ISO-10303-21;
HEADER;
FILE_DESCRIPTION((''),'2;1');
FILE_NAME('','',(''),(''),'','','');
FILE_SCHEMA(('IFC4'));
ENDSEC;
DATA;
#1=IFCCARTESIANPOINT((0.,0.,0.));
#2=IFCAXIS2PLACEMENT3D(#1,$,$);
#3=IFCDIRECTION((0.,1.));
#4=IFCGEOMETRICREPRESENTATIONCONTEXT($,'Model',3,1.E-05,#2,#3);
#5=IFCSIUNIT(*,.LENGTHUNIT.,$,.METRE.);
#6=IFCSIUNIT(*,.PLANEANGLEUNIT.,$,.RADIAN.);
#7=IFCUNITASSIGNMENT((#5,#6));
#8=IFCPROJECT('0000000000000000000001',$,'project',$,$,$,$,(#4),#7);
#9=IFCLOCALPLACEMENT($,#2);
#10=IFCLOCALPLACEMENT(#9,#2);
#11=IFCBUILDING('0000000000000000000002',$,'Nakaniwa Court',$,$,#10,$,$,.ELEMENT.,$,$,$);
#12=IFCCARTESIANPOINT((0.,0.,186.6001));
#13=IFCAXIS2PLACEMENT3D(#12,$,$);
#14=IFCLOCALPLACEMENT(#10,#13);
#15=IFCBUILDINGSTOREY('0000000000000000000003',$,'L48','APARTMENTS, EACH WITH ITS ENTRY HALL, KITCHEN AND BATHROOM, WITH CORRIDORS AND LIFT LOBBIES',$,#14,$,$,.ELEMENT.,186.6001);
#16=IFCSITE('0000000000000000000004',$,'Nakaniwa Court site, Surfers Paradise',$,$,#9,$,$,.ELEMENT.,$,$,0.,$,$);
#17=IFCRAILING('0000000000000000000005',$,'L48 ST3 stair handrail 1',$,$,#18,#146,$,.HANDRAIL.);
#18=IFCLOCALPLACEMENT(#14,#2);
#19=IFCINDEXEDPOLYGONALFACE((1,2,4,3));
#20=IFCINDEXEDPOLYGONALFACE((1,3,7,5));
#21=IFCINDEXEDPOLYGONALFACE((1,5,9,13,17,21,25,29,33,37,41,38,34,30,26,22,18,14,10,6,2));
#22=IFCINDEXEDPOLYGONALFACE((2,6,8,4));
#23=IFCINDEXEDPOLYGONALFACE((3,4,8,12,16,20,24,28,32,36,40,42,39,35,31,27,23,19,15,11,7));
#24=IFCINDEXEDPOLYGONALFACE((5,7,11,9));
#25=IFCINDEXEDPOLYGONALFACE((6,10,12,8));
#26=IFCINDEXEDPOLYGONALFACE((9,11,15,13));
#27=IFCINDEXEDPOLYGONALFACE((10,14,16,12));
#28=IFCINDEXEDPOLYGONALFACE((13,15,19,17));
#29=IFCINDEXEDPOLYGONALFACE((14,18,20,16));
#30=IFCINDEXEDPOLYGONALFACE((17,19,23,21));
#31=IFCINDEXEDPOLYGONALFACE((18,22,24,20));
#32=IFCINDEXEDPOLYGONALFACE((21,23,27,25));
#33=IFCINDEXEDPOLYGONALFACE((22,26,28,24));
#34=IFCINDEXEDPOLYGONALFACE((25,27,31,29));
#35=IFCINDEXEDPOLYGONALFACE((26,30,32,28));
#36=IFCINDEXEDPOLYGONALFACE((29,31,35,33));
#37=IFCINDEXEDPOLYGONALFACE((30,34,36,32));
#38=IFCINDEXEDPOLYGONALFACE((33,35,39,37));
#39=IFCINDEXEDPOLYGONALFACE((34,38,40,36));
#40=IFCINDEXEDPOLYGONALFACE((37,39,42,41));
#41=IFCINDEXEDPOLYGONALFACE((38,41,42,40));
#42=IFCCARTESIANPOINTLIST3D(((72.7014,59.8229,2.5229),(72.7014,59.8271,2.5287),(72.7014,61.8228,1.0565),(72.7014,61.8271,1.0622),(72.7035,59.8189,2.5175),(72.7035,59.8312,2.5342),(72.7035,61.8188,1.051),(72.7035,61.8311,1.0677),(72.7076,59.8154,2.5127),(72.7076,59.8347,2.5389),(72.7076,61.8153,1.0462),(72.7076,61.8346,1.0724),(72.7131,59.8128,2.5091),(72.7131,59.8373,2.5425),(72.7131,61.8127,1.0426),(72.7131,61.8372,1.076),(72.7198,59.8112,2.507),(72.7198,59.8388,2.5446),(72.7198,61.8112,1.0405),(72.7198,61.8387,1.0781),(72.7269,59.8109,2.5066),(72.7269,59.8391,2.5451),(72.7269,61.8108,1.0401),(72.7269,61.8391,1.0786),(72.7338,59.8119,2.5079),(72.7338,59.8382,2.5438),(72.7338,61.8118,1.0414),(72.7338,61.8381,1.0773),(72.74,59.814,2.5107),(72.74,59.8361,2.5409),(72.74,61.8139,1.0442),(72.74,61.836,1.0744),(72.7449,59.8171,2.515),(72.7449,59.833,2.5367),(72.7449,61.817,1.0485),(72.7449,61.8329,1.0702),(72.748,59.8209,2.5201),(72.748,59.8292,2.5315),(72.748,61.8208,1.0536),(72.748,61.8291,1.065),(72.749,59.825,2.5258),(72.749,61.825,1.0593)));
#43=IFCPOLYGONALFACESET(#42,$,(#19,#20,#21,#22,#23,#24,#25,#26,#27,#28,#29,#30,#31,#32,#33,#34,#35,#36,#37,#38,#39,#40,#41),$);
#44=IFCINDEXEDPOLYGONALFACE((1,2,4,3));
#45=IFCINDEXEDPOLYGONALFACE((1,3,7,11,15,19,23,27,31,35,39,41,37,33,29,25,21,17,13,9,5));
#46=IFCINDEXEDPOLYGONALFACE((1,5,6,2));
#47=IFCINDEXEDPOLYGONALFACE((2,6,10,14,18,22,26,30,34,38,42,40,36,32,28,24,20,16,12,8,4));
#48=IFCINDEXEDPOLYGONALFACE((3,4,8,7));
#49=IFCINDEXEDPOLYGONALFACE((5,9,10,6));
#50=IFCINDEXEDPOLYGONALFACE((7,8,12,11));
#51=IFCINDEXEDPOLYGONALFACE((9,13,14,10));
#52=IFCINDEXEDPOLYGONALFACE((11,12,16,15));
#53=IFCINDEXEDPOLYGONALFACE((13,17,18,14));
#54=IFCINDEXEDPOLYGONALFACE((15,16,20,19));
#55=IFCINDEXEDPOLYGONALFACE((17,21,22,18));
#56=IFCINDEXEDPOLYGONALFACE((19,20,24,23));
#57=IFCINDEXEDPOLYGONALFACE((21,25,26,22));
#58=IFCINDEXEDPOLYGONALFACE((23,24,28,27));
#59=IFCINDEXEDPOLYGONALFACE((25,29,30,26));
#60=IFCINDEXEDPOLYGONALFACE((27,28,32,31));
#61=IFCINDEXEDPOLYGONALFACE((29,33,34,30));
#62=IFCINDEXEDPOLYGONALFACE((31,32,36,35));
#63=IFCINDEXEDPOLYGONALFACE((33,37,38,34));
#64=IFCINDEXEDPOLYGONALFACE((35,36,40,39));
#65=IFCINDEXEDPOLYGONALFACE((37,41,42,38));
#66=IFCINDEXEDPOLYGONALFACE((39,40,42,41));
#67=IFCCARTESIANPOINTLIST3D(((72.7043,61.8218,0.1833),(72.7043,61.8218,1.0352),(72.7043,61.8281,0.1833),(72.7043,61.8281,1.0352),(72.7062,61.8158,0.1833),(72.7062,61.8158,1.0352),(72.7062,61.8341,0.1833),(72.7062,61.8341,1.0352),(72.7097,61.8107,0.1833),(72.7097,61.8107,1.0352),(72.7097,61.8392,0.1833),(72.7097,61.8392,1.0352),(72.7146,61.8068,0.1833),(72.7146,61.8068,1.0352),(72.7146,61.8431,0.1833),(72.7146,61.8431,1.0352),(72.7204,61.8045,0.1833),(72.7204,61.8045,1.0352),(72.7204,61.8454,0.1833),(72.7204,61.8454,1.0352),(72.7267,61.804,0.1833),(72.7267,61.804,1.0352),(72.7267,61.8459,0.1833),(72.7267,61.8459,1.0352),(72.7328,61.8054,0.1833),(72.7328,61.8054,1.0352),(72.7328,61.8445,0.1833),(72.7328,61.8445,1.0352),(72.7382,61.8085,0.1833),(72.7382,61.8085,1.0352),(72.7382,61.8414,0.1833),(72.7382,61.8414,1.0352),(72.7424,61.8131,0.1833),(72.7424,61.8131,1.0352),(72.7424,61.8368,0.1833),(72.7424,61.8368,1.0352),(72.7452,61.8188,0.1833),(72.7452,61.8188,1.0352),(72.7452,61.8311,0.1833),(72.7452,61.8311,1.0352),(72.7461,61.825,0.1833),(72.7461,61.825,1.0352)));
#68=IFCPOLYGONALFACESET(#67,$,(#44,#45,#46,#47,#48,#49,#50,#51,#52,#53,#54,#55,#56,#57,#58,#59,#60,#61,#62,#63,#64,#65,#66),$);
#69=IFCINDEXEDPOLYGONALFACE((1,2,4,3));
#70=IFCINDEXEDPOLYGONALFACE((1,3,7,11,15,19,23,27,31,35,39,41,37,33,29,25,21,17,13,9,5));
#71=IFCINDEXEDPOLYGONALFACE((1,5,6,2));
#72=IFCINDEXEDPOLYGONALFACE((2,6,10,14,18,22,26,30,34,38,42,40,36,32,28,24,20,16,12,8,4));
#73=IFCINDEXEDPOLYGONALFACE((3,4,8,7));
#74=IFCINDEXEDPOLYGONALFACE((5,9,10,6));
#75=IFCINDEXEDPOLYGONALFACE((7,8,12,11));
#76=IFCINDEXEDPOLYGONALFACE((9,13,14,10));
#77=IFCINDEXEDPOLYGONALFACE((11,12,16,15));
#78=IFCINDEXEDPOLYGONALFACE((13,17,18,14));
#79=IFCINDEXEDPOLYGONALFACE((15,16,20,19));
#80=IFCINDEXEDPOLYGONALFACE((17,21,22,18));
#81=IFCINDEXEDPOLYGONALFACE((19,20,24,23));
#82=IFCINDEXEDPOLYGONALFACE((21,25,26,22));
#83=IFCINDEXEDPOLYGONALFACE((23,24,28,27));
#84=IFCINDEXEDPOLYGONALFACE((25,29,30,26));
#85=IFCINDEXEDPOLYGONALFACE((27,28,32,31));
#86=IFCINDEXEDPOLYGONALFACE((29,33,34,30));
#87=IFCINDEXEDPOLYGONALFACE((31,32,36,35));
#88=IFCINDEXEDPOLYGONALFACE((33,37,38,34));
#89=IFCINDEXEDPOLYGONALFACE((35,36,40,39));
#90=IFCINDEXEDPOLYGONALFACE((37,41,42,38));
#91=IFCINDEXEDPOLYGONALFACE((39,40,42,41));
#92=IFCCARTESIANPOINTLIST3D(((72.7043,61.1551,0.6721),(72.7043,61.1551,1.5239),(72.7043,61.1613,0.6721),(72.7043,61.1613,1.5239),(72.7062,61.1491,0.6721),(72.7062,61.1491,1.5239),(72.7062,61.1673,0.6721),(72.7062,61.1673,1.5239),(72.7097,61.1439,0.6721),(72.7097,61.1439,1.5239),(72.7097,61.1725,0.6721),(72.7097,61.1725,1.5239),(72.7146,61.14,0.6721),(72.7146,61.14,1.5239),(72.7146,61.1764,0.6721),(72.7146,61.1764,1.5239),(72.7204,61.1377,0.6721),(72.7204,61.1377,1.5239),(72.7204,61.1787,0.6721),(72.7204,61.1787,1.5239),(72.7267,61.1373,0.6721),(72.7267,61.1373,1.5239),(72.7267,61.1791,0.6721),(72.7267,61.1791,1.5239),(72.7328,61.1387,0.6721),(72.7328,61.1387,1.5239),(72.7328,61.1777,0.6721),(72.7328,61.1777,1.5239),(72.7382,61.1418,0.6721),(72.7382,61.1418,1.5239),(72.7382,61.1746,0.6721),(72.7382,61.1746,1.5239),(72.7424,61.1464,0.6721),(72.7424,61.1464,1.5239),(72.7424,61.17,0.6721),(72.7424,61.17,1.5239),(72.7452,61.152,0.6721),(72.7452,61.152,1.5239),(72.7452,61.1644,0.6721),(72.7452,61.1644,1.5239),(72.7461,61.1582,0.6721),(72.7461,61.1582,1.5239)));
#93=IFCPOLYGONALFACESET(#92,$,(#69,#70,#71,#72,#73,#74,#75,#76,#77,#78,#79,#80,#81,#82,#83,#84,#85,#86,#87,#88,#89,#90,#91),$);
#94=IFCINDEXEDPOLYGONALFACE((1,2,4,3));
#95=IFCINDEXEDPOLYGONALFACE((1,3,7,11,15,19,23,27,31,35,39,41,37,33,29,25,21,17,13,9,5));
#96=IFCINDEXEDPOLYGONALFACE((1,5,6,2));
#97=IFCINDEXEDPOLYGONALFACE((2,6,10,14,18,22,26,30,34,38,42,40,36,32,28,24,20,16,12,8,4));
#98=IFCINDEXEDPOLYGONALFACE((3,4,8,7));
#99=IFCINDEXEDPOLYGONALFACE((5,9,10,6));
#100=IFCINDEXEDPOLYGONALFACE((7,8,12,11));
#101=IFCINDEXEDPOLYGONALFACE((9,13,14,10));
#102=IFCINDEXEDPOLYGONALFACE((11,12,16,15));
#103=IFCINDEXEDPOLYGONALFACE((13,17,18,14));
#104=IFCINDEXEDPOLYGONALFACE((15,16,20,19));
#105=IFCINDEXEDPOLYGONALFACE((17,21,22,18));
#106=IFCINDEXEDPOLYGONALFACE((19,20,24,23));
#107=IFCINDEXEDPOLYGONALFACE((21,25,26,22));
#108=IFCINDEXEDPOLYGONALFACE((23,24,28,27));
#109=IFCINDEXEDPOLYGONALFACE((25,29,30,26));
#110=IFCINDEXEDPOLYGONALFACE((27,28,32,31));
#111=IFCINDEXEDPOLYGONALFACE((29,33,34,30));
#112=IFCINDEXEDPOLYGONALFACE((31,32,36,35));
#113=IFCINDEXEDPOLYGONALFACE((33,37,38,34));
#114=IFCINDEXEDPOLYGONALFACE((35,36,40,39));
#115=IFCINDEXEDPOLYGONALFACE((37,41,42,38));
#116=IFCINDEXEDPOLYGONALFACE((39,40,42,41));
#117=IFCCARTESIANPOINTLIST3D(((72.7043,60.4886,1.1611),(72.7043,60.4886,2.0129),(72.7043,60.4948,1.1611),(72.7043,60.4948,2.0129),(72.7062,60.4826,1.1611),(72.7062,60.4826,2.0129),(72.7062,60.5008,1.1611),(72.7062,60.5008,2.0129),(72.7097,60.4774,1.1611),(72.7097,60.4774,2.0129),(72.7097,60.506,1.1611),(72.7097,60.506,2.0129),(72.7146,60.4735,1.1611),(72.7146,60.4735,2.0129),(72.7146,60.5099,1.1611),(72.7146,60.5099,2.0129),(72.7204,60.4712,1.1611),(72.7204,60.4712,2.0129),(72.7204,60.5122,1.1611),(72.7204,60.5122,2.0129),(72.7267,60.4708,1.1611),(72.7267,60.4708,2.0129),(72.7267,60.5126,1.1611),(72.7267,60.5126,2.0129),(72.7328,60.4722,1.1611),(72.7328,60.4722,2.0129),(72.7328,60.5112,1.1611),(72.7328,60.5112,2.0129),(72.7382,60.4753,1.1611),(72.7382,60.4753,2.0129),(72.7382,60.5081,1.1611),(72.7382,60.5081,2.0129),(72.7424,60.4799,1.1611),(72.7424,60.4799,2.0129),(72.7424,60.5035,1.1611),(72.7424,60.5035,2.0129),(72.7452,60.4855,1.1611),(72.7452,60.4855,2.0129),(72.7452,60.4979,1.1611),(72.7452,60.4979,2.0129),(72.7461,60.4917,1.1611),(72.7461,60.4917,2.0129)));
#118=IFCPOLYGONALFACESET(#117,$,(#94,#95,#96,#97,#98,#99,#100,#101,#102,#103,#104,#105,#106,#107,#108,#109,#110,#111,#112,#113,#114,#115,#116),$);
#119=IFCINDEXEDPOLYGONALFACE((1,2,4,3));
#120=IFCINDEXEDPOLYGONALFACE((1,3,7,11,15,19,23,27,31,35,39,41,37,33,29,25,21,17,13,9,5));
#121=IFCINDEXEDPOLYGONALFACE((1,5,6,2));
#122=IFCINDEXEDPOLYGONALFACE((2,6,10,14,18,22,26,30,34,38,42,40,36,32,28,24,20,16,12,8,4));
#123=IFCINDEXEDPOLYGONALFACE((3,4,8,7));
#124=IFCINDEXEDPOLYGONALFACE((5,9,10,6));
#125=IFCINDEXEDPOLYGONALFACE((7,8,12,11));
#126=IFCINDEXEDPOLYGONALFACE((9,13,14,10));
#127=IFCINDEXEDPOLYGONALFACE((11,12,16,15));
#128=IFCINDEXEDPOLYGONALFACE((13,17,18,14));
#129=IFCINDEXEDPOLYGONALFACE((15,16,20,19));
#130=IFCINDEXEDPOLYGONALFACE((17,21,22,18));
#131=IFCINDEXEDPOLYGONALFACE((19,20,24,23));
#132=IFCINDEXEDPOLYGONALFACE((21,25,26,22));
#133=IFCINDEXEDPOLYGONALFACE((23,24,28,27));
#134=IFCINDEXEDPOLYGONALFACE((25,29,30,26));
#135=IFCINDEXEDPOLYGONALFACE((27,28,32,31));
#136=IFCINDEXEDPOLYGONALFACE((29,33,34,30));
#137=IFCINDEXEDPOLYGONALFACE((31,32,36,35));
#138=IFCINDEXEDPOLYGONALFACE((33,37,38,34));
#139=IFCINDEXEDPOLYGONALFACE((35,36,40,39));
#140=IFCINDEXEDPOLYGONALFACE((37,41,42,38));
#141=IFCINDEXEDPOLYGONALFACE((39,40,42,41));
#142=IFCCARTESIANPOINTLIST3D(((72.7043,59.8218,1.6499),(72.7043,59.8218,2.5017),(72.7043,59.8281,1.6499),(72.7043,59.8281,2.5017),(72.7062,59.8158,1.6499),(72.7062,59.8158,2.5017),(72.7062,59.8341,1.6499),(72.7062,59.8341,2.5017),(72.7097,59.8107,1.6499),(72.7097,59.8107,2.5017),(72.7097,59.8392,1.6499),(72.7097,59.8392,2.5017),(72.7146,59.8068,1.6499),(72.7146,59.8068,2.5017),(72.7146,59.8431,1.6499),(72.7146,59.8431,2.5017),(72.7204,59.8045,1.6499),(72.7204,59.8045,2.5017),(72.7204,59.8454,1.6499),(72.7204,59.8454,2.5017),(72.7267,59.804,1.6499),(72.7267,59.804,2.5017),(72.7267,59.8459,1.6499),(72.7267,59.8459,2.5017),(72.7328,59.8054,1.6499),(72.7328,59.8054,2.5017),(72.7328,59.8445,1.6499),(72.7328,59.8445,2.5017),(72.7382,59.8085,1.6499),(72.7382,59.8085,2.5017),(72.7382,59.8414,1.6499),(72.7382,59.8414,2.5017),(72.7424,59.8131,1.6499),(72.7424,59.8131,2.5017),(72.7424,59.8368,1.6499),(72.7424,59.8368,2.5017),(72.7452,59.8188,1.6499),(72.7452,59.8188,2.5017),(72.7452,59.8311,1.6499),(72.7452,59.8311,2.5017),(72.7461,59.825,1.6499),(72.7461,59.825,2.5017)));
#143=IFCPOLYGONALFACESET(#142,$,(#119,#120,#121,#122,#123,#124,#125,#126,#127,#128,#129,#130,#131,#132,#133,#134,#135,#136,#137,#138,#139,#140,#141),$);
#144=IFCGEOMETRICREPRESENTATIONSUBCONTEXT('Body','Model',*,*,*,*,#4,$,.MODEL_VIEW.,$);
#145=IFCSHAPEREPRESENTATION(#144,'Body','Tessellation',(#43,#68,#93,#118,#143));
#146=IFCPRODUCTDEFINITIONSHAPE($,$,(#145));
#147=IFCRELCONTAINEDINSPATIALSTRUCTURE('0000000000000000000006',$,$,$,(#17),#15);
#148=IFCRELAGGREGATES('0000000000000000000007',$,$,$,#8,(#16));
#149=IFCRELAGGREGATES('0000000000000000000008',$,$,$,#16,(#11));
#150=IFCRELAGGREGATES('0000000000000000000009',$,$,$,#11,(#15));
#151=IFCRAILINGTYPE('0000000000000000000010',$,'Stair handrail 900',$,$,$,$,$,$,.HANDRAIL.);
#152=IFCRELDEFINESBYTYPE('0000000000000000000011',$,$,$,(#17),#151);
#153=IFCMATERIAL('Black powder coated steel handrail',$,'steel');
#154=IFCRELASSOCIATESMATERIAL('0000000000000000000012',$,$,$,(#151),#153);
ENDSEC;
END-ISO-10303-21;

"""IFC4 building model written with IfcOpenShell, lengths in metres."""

from ifc_helpers import new_model, si_unit, direction, frame, origin, origin_2d, place, context, subcontext, project, spatial, circle, extrude, material, type_object, element, save


model = new_model("IFC4")

# Units and contexts
model_context = context("Model", 3, precision=1e-05, world=origin(), true_north=direction((0.0, 1.0)))
body_context = subcontext(model_context, "Body", "Model", "MODEL_VIEW")
ifc_project = project(units=[si_unit("LENGTHUNIT", "METRE"), si_unit("PLANEANGLEUNIT", "RADIAN")], contexts=[model_context])

# Site, building, storey
site_placement = place(None, origin())
site = spatial("IfcSite", under=ifc_project, at=site_placement, Name="Nakaniwa Court site, Surfers Paradise", CompositionType="ELEMENT", RefElevation=0.0)
building_placement = place(site_placement, origin())
building = spatial("IfcBuilding", under=site, at=building_placement, Name="Nakaniwa Court", CompositionType="ELEMENT")
storey_placement = place(building_placement, frame((0.0, 0.0, 186.6001)))
storey = spatial("IfcBuildingStorey", under=building, at=storey_placement, Name="L48", Description="APARTMENTS, EACH WITH ITS ENTRY HALL, KITCHEN AND BATHROOM, WITH CORRIDORS AND LIFT LOBBIES", CompositionType="ELEMENT", Elevation=186.6001)

# Railing
ifc_material_1 = material(Name="Black powder coated steel handrail", Category="steel")
railing_type_1 = type_object("IfcRailingType", Name="Stair handrail 900", PredefinedType="HANDRAIL", material=ifc_material_1)
railing_1_placement = place(storey_placement, frame((72.7251, 61.825, 0.1833)))
element("IfcRailing", 1, at=railing_1_placement, inside=storey, type_object=railing_type_1, Name="L48 ST3 stair handrail 1", PredefinedType="HANDRAIL", context=body_context, shape_type="SweptSolid", body=[
    extrude(circle(Radius=0.0239, at=origin_2d()), frame((0.0, 0.0, 0.876), z_axis=(0.0, -0.806427, 0.591334), x_axis=(1.0, 0.0, 0.0)), (0.0, 0.0, 1.0), 2.48),
    extrude(circle(Radius=0.021, at=origin_2d()), origin(), (0.0, 0.0, 1.0), 0.8518),
    extrude(circle(Radius=0.021, at=origin_2d()), frame((0.0, -0.6667, 0.4888)), (0.0, 0.0, 1.0), 0.8518),
    extrude(circle(Radius=0.021, at=origin_2d()), frame((0.0, -1.3333, 0.9778)), (0.0, 0.0, 1.0), 0.8518),
    extrude(circle(Radius=0.021, at=origin_2d()), frame((0.0, -2.0, 1.4666)), (0.0, 0.0, 1.0), 0.8518),
])

save(model, "model.ifc")
